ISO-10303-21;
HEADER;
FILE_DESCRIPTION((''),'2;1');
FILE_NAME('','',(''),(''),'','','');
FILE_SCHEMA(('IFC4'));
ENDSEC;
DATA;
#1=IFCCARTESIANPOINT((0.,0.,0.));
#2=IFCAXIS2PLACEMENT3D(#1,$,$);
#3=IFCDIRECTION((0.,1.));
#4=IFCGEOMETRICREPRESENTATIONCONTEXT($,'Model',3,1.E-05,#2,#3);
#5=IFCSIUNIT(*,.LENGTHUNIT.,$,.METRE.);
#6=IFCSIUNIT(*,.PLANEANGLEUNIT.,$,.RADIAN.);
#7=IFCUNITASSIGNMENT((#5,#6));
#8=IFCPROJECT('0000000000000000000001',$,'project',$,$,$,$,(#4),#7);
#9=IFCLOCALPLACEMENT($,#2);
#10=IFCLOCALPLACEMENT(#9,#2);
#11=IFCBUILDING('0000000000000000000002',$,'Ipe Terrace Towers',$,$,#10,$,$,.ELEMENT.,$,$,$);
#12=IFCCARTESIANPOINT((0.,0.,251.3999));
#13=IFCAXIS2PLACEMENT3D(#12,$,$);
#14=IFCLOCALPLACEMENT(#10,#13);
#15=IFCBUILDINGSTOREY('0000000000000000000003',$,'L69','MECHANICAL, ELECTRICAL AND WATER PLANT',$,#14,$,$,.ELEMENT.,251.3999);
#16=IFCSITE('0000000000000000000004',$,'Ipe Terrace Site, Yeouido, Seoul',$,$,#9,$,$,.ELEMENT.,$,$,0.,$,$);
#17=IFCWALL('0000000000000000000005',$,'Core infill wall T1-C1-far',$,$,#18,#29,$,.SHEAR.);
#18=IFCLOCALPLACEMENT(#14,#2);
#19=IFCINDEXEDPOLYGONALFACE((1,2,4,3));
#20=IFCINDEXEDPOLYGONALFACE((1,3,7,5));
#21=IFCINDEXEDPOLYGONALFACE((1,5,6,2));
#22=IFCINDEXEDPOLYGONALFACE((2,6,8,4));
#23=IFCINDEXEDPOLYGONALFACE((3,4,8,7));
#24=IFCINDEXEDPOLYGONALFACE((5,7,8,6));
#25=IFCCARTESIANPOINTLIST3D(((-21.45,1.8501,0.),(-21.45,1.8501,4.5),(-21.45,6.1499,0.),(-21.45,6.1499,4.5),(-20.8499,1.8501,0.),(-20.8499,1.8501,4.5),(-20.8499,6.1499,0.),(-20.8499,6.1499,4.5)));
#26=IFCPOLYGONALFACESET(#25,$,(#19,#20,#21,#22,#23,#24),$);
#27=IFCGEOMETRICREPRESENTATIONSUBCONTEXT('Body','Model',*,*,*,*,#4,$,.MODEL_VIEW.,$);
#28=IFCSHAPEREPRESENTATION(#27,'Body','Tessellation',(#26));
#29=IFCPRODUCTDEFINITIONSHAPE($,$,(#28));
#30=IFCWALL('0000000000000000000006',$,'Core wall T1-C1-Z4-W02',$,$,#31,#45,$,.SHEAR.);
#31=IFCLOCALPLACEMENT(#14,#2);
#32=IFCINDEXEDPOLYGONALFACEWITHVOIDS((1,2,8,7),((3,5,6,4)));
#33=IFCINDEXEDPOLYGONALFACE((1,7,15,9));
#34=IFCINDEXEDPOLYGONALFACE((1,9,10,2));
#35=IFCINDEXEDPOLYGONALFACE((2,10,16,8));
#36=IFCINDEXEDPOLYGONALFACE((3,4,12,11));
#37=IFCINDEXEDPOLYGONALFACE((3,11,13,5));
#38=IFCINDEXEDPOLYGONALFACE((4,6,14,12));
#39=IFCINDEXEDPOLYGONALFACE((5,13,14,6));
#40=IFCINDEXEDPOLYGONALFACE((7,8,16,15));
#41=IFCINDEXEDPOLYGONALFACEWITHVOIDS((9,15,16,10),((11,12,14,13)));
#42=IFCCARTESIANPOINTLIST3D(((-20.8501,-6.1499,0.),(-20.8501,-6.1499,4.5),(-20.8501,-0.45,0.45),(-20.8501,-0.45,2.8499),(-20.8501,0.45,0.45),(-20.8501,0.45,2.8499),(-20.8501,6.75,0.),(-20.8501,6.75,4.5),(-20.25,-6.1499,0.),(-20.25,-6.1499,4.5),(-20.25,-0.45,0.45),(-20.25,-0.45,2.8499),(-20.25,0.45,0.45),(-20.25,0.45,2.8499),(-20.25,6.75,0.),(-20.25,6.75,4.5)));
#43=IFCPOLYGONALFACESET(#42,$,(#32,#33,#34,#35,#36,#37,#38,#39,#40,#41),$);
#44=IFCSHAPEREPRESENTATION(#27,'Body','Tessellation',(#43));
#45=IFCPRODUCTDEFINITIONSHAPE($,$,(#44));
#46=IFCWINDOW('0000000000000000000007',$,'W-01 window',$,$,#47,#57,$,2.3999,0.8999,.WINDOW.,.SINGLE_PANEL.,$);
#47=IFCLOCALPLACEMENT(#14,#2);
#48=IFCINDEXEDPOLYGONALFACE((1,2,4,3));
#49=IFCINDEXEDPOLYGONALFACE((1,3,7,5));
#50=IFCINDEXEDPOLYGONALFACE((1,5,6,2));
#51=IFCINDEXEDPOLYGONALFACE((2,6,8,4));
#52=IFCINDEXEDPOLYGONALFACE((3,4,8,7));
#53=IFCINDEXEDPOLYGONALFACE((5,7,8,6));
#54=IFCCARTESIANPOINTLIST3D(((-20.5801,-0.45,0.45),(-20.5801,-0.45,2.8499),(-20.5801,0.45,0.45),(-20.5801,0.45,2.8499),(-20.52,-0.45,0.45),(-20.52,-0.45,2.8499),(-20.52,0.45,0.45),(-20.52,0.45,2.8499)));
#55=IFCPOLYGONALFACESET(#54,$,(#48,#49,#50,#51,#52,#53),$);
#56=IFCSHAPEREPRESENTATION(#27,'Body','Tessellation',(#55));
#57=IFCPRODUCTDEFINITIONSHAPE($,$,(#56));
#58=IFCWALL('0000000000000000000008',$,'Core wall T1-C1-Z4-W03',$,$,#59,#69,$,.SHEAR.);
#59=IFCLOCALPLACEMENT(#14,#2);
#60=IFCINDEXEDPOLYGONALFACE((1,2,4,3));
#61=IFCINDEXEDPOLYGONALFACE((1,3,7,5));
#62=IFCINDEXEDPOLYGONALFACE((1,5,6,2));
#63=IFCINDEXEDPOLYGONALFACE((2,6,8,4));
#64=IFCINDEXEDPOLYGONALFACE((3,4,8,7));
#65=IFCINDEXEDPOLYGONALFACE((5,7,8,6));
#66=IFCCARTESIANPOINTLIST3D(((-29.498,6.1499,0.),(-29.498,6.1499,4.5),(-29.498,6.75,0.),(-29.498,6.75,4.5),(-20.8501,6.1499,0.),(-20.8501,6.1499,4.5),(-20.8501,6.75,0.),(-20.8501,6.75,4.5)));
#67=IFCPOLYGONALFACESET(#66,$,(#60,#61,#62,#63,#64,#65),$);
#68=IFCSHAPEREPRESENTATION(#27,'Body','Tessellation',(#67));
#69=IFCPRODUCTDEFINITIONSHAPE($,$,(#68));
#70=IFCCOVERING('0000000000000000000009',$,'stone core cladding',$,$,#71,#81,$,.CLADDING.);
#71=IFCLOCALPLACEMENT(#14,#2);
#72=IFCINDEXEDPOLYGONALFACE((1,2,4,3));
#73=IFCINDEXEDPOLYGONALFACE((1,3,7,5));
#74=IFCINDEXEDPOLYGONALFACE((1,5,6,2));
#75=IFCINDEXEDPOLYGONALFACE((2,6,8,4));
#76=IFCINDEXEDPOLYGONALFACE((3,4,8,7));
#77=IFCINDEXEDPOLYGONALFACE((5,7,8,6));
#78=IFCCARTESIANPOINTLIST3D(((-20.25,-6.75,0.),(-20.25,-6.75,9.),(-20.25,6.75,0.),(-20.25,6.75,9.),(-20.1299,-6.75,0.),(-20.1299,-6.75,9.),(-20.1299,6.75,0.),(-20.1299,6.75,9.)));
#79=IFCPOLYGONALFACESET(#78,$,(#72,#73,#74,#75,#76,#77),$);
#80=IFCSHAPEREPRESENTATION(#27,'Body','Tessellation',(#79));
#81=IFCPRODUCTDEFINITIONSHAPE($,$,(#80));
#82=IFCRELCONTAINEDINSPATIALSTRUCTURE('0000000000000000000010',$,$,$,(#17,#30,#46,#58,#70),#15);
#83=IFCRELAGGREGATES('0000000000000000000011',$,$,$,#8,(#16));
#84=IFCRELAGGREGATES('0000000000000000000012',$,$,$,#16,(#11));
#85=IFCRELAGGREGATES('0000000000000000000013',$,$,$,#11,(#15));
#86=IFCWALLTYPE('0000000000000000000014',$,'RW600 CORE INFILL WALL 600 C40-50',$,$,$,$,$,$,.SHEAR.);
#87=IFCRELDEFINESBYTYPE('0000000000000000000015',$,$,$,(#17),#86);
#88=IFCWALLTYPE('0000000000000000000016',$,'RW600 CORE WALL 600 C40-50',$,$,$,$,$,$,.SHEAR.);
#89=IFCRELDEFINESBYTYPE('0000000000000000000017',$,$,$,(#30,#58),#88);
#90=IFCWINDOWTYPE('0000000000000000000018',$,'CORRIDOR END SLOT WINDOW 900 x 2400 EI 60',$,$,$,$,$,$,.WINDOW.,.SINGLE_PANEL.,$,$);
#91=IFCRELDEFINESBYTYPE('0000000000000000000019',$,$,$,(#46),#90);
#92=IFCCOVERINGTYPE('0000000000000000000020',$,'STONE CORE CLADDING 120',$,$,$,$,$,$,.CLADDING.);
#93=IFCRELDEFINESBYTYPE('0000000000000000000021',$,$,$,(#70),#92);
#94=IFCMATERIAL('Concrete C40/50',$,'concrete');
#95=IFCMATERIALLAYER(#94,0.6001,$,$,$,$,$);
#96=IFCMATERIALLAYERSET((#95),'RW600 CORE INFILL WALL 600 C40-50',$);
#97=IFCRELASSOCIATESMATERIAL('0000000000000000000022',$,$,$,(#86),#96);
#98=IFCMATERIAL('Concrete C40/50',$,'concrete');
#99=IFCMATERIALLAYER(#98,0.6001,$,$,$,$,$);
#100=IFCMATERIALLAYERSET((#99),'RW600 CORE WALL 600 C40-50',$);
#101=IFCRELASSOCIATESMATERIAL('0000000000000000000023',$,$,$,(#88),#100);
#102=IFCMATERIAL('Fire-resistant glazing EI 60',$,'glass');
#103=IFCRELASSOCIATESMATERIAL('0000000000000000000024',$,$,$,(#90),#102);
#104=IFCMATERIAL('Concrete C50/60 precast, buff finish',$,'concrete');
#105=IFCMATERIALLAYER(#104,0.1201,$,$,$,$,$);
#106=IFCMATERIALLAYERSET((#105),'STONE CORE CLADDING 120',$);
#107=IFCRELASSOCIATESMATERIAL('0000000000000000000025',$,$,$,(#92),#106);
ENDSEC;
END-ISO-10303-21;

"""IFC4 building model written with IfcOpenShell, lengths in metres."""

from ifc_helpers import new_model, si_unit, direction, frame, frame_2d, origin, origin_2d, place, context, subcontext, project, spatial, rectangle, extrude, material, layer, layer_set, type_object, element, fill, save


model = new_model("IFC4")

# Units and contexts
model_context = context("Model", 3, precision=1e-05, world=origin(), true_north=direction((0.0, 1.0)))
body_context = subcontext(model_context, "Body", "Model", "MODEL_VIEW")
ifc_project = project(units=[si_unit("LENGTHUNIT", "METRE"), si_unit("PLANEANGLEUNIT", "RADIAN")], contexts=[model_context])

# Site, building, storey
site_placement = place(None, origin())
site = spatial("IfcSite", under=ifc_project, at=site_placement, Name="Ipe Terrace Site, Yeouido, Seoul", CompositionType="ELEMENT", RefElevation=0.0)
building_placement = place(site_placement, origin())
building = spatial("IfcBuilding", under=site, at=building_placement, Name="Ipe Terrace Towers", CompositionType="ELEMENT")
storey_placement = place(building_placement, frame((0.0, 0.0, 251.3999)))
storey = spatial("IfcBuildingStorey", under=building, at=storey_placement, Name="L69", Description="MECHANICAL, ELECTRICAL AND WATER PLANT", CompositionType="ELEMENT", Elevation=251.3999)

# Wall
ifc_material_1 = material(Name="Concrete C40/50", Category="concrete")
ifc_layer_1 = layer(ifc_material_1, 0.6001)
ifc_layer_set_1 = layer_set([ifc_layer_1], Name="RW600 CORE INFILL WALL 600 C40-50")
wall_type_1 = type_object("IfcWallType", Name="RW600 CORE INFILL WALL 600 C40-50", PredefinedType="SHEAR", material=ifc_layer_set_1)
wall_1_placement = place(storey_placement, frame((-21.1499, 1.8501, 0.0), z_axis=(0.0, 0.0, 1.0), x_axis=(0.0, 1.0, 0.0)))
element("IfcWall", 1, at=wall_1_placement, inside=storey, type_object=wall_type_1, Name="Core infill wall T1-C1-far", PredefinedType="SHEAR", context=body_context, shape_type="SweptSolid", body=[
    extrude(rectangle(XDim=4.2998, YDim=0.6001, at=frame_2d((2.1499, 0.0))), origin(), (0.0, 0.0, 1.0), 4.5),
])

# Wall, opening, window
ifc_material_2 = material(Name="Concrete C40/50", Category="concrete")
ifc_layer_2 = layer(ifc_material_2, 0.6001)
ifc_layer_set_2 = layer_set([ifc_layer_2], Name="RW600 CORE WALL 600 C40-50")
wall_type_2 = type_object("IfcWallType", Name="RW600 CORE WALL 600 C40-50", PredefinedType="SHEAR", material=ifc_layer_set_2)
wall_2_placement = place(storey_placement, frame((-20.55, -6.1499, 0.0), z_axis=(0.0, 0.0, 1.0), x_axis=(0.0, 1.0, 0.0)))
wall_2 = element("IfcWall", 2, at=wall_2_placement, inside=storey, type_object=wall_type_2, Name="Core wall T1-C1-Z4-W02", PredefinedType="SHEAR", context=body_context, shape_type="SweptSolid", body=[
    extrude(rectangle(XDim=12.8999, YDim=0.6001, at=frame_2d((6.45, 0.0))), origin(), (0.0, 0.0, 1.0), 4.5),
])
opening_1_placement = place(wall_2_placement, frame((5.7, 0.0, 0.45)))
opening_1 = element("IfcOpeningElement", 3, at=opening_1_placement, cuts=wall_2, PredefinedType="OPENING", context=body_context, shape_type="SweptSolid", body=[
    extrude(rectangle(XDim=0.8999, YDim=2.3999, at=frame_2d((0.45, 1.2))), frame((0.0, 0.3101, 0.0), z_axis=(0.0, -1.0, 0.0), x_axis=(1.0, 0.0, 0.0)), (0.0, 0.0, 1.0), 0.6201),
])
ifc_material_3 = material(Name="Fire-resistant glazing EI 60", Category="glass")
window_type = type_object("IfcWindowType", Name="CORRIDOR END SLOT WINDOW 900 x 2400 EI 60", PartitioningType="SINGLE_PANEL", PredefinedType="WINDOW", material=ifc_material_3)
window_placement = place(opening_1_placement, origin())
window = element("IfcWindow", 4, at=window_placement, inside=storey, type_object=window_type, Name="W-01 window", OverallHeight=2.3999, OverallWidth=0.8999, PartitioningType="SINGLE_PANEL", PredefinedType="WINDOW", context=body_context, shape_type="SweptSolid", body=[
    extrude(rectangle(XDim=0.8999, YDim=2.3999, at=frame_2d((0.45, 1.2))), frame((0.0, 0.03, 0.0), z_axis=(0.0, -1.0, 0.0), x_axis=(1.0, 0.0, 0.0)), (0.0, 0.0, 1.0), 0.0601),
])
fill(opening_1, window)

# Wall
wall_3_placement = place(storey_placement, frame((-20.8501, 6.45, 0.0), z_axis=(0.0, 0.0, 1.0), x_axis=(-1.0, 0.0, 0.0)))
element("IfcWall", 5, at=wall_3_placement, inside=storey, type_object=wall_type_2, Name="Core wall T1-C1-Z4-W03", PredefinedType="SHEAR", context=body_context, shape_type="SweptSolid", body=[
    extrude(rectangle(XDim=8.6479, YDim=0.6001, at=frame_2d((4.324, 0.0))), origin(), (0.0, 0.0, 1.0), 4.5),
])

# Covering
ifc_material_4 = material(Name="Concrete C50/60 precast, buff finish", Category="concrete")
ifc_layer_3 = layer(ifc_material_4, 0.1201)
ifc_layer_set_3 = layer_set([ifc_layer_3], Name="STONE CORE CLADDING 120")
covering_type = type_object("IfcCoveringType", Name="STONE CORE CLADDING 120", PredefinedType="CLADDING", material=ifc_layer_set_3)
covering_placement = place(storey_placement, frame((-20.1899, 0.0, 0.0), z_axis=(0.0, 0.0, 1.0), x_axis=(0.0, 1.0, 0.0)))
element("IfcCovering", 6, at=covering_placement, inside=storey, type_object=covering_type, Name="stone core cladding", PredefinedType="CLADDING", context=body_context, shape_type="SweptSolid", body=[
    extrude(rectangle(XDim=13.5, YDim=0.1201, at=origin_2d()), origin(), (0.0, 0.0, 1.0), 9.0),
])

save(model, "model.ifc")
